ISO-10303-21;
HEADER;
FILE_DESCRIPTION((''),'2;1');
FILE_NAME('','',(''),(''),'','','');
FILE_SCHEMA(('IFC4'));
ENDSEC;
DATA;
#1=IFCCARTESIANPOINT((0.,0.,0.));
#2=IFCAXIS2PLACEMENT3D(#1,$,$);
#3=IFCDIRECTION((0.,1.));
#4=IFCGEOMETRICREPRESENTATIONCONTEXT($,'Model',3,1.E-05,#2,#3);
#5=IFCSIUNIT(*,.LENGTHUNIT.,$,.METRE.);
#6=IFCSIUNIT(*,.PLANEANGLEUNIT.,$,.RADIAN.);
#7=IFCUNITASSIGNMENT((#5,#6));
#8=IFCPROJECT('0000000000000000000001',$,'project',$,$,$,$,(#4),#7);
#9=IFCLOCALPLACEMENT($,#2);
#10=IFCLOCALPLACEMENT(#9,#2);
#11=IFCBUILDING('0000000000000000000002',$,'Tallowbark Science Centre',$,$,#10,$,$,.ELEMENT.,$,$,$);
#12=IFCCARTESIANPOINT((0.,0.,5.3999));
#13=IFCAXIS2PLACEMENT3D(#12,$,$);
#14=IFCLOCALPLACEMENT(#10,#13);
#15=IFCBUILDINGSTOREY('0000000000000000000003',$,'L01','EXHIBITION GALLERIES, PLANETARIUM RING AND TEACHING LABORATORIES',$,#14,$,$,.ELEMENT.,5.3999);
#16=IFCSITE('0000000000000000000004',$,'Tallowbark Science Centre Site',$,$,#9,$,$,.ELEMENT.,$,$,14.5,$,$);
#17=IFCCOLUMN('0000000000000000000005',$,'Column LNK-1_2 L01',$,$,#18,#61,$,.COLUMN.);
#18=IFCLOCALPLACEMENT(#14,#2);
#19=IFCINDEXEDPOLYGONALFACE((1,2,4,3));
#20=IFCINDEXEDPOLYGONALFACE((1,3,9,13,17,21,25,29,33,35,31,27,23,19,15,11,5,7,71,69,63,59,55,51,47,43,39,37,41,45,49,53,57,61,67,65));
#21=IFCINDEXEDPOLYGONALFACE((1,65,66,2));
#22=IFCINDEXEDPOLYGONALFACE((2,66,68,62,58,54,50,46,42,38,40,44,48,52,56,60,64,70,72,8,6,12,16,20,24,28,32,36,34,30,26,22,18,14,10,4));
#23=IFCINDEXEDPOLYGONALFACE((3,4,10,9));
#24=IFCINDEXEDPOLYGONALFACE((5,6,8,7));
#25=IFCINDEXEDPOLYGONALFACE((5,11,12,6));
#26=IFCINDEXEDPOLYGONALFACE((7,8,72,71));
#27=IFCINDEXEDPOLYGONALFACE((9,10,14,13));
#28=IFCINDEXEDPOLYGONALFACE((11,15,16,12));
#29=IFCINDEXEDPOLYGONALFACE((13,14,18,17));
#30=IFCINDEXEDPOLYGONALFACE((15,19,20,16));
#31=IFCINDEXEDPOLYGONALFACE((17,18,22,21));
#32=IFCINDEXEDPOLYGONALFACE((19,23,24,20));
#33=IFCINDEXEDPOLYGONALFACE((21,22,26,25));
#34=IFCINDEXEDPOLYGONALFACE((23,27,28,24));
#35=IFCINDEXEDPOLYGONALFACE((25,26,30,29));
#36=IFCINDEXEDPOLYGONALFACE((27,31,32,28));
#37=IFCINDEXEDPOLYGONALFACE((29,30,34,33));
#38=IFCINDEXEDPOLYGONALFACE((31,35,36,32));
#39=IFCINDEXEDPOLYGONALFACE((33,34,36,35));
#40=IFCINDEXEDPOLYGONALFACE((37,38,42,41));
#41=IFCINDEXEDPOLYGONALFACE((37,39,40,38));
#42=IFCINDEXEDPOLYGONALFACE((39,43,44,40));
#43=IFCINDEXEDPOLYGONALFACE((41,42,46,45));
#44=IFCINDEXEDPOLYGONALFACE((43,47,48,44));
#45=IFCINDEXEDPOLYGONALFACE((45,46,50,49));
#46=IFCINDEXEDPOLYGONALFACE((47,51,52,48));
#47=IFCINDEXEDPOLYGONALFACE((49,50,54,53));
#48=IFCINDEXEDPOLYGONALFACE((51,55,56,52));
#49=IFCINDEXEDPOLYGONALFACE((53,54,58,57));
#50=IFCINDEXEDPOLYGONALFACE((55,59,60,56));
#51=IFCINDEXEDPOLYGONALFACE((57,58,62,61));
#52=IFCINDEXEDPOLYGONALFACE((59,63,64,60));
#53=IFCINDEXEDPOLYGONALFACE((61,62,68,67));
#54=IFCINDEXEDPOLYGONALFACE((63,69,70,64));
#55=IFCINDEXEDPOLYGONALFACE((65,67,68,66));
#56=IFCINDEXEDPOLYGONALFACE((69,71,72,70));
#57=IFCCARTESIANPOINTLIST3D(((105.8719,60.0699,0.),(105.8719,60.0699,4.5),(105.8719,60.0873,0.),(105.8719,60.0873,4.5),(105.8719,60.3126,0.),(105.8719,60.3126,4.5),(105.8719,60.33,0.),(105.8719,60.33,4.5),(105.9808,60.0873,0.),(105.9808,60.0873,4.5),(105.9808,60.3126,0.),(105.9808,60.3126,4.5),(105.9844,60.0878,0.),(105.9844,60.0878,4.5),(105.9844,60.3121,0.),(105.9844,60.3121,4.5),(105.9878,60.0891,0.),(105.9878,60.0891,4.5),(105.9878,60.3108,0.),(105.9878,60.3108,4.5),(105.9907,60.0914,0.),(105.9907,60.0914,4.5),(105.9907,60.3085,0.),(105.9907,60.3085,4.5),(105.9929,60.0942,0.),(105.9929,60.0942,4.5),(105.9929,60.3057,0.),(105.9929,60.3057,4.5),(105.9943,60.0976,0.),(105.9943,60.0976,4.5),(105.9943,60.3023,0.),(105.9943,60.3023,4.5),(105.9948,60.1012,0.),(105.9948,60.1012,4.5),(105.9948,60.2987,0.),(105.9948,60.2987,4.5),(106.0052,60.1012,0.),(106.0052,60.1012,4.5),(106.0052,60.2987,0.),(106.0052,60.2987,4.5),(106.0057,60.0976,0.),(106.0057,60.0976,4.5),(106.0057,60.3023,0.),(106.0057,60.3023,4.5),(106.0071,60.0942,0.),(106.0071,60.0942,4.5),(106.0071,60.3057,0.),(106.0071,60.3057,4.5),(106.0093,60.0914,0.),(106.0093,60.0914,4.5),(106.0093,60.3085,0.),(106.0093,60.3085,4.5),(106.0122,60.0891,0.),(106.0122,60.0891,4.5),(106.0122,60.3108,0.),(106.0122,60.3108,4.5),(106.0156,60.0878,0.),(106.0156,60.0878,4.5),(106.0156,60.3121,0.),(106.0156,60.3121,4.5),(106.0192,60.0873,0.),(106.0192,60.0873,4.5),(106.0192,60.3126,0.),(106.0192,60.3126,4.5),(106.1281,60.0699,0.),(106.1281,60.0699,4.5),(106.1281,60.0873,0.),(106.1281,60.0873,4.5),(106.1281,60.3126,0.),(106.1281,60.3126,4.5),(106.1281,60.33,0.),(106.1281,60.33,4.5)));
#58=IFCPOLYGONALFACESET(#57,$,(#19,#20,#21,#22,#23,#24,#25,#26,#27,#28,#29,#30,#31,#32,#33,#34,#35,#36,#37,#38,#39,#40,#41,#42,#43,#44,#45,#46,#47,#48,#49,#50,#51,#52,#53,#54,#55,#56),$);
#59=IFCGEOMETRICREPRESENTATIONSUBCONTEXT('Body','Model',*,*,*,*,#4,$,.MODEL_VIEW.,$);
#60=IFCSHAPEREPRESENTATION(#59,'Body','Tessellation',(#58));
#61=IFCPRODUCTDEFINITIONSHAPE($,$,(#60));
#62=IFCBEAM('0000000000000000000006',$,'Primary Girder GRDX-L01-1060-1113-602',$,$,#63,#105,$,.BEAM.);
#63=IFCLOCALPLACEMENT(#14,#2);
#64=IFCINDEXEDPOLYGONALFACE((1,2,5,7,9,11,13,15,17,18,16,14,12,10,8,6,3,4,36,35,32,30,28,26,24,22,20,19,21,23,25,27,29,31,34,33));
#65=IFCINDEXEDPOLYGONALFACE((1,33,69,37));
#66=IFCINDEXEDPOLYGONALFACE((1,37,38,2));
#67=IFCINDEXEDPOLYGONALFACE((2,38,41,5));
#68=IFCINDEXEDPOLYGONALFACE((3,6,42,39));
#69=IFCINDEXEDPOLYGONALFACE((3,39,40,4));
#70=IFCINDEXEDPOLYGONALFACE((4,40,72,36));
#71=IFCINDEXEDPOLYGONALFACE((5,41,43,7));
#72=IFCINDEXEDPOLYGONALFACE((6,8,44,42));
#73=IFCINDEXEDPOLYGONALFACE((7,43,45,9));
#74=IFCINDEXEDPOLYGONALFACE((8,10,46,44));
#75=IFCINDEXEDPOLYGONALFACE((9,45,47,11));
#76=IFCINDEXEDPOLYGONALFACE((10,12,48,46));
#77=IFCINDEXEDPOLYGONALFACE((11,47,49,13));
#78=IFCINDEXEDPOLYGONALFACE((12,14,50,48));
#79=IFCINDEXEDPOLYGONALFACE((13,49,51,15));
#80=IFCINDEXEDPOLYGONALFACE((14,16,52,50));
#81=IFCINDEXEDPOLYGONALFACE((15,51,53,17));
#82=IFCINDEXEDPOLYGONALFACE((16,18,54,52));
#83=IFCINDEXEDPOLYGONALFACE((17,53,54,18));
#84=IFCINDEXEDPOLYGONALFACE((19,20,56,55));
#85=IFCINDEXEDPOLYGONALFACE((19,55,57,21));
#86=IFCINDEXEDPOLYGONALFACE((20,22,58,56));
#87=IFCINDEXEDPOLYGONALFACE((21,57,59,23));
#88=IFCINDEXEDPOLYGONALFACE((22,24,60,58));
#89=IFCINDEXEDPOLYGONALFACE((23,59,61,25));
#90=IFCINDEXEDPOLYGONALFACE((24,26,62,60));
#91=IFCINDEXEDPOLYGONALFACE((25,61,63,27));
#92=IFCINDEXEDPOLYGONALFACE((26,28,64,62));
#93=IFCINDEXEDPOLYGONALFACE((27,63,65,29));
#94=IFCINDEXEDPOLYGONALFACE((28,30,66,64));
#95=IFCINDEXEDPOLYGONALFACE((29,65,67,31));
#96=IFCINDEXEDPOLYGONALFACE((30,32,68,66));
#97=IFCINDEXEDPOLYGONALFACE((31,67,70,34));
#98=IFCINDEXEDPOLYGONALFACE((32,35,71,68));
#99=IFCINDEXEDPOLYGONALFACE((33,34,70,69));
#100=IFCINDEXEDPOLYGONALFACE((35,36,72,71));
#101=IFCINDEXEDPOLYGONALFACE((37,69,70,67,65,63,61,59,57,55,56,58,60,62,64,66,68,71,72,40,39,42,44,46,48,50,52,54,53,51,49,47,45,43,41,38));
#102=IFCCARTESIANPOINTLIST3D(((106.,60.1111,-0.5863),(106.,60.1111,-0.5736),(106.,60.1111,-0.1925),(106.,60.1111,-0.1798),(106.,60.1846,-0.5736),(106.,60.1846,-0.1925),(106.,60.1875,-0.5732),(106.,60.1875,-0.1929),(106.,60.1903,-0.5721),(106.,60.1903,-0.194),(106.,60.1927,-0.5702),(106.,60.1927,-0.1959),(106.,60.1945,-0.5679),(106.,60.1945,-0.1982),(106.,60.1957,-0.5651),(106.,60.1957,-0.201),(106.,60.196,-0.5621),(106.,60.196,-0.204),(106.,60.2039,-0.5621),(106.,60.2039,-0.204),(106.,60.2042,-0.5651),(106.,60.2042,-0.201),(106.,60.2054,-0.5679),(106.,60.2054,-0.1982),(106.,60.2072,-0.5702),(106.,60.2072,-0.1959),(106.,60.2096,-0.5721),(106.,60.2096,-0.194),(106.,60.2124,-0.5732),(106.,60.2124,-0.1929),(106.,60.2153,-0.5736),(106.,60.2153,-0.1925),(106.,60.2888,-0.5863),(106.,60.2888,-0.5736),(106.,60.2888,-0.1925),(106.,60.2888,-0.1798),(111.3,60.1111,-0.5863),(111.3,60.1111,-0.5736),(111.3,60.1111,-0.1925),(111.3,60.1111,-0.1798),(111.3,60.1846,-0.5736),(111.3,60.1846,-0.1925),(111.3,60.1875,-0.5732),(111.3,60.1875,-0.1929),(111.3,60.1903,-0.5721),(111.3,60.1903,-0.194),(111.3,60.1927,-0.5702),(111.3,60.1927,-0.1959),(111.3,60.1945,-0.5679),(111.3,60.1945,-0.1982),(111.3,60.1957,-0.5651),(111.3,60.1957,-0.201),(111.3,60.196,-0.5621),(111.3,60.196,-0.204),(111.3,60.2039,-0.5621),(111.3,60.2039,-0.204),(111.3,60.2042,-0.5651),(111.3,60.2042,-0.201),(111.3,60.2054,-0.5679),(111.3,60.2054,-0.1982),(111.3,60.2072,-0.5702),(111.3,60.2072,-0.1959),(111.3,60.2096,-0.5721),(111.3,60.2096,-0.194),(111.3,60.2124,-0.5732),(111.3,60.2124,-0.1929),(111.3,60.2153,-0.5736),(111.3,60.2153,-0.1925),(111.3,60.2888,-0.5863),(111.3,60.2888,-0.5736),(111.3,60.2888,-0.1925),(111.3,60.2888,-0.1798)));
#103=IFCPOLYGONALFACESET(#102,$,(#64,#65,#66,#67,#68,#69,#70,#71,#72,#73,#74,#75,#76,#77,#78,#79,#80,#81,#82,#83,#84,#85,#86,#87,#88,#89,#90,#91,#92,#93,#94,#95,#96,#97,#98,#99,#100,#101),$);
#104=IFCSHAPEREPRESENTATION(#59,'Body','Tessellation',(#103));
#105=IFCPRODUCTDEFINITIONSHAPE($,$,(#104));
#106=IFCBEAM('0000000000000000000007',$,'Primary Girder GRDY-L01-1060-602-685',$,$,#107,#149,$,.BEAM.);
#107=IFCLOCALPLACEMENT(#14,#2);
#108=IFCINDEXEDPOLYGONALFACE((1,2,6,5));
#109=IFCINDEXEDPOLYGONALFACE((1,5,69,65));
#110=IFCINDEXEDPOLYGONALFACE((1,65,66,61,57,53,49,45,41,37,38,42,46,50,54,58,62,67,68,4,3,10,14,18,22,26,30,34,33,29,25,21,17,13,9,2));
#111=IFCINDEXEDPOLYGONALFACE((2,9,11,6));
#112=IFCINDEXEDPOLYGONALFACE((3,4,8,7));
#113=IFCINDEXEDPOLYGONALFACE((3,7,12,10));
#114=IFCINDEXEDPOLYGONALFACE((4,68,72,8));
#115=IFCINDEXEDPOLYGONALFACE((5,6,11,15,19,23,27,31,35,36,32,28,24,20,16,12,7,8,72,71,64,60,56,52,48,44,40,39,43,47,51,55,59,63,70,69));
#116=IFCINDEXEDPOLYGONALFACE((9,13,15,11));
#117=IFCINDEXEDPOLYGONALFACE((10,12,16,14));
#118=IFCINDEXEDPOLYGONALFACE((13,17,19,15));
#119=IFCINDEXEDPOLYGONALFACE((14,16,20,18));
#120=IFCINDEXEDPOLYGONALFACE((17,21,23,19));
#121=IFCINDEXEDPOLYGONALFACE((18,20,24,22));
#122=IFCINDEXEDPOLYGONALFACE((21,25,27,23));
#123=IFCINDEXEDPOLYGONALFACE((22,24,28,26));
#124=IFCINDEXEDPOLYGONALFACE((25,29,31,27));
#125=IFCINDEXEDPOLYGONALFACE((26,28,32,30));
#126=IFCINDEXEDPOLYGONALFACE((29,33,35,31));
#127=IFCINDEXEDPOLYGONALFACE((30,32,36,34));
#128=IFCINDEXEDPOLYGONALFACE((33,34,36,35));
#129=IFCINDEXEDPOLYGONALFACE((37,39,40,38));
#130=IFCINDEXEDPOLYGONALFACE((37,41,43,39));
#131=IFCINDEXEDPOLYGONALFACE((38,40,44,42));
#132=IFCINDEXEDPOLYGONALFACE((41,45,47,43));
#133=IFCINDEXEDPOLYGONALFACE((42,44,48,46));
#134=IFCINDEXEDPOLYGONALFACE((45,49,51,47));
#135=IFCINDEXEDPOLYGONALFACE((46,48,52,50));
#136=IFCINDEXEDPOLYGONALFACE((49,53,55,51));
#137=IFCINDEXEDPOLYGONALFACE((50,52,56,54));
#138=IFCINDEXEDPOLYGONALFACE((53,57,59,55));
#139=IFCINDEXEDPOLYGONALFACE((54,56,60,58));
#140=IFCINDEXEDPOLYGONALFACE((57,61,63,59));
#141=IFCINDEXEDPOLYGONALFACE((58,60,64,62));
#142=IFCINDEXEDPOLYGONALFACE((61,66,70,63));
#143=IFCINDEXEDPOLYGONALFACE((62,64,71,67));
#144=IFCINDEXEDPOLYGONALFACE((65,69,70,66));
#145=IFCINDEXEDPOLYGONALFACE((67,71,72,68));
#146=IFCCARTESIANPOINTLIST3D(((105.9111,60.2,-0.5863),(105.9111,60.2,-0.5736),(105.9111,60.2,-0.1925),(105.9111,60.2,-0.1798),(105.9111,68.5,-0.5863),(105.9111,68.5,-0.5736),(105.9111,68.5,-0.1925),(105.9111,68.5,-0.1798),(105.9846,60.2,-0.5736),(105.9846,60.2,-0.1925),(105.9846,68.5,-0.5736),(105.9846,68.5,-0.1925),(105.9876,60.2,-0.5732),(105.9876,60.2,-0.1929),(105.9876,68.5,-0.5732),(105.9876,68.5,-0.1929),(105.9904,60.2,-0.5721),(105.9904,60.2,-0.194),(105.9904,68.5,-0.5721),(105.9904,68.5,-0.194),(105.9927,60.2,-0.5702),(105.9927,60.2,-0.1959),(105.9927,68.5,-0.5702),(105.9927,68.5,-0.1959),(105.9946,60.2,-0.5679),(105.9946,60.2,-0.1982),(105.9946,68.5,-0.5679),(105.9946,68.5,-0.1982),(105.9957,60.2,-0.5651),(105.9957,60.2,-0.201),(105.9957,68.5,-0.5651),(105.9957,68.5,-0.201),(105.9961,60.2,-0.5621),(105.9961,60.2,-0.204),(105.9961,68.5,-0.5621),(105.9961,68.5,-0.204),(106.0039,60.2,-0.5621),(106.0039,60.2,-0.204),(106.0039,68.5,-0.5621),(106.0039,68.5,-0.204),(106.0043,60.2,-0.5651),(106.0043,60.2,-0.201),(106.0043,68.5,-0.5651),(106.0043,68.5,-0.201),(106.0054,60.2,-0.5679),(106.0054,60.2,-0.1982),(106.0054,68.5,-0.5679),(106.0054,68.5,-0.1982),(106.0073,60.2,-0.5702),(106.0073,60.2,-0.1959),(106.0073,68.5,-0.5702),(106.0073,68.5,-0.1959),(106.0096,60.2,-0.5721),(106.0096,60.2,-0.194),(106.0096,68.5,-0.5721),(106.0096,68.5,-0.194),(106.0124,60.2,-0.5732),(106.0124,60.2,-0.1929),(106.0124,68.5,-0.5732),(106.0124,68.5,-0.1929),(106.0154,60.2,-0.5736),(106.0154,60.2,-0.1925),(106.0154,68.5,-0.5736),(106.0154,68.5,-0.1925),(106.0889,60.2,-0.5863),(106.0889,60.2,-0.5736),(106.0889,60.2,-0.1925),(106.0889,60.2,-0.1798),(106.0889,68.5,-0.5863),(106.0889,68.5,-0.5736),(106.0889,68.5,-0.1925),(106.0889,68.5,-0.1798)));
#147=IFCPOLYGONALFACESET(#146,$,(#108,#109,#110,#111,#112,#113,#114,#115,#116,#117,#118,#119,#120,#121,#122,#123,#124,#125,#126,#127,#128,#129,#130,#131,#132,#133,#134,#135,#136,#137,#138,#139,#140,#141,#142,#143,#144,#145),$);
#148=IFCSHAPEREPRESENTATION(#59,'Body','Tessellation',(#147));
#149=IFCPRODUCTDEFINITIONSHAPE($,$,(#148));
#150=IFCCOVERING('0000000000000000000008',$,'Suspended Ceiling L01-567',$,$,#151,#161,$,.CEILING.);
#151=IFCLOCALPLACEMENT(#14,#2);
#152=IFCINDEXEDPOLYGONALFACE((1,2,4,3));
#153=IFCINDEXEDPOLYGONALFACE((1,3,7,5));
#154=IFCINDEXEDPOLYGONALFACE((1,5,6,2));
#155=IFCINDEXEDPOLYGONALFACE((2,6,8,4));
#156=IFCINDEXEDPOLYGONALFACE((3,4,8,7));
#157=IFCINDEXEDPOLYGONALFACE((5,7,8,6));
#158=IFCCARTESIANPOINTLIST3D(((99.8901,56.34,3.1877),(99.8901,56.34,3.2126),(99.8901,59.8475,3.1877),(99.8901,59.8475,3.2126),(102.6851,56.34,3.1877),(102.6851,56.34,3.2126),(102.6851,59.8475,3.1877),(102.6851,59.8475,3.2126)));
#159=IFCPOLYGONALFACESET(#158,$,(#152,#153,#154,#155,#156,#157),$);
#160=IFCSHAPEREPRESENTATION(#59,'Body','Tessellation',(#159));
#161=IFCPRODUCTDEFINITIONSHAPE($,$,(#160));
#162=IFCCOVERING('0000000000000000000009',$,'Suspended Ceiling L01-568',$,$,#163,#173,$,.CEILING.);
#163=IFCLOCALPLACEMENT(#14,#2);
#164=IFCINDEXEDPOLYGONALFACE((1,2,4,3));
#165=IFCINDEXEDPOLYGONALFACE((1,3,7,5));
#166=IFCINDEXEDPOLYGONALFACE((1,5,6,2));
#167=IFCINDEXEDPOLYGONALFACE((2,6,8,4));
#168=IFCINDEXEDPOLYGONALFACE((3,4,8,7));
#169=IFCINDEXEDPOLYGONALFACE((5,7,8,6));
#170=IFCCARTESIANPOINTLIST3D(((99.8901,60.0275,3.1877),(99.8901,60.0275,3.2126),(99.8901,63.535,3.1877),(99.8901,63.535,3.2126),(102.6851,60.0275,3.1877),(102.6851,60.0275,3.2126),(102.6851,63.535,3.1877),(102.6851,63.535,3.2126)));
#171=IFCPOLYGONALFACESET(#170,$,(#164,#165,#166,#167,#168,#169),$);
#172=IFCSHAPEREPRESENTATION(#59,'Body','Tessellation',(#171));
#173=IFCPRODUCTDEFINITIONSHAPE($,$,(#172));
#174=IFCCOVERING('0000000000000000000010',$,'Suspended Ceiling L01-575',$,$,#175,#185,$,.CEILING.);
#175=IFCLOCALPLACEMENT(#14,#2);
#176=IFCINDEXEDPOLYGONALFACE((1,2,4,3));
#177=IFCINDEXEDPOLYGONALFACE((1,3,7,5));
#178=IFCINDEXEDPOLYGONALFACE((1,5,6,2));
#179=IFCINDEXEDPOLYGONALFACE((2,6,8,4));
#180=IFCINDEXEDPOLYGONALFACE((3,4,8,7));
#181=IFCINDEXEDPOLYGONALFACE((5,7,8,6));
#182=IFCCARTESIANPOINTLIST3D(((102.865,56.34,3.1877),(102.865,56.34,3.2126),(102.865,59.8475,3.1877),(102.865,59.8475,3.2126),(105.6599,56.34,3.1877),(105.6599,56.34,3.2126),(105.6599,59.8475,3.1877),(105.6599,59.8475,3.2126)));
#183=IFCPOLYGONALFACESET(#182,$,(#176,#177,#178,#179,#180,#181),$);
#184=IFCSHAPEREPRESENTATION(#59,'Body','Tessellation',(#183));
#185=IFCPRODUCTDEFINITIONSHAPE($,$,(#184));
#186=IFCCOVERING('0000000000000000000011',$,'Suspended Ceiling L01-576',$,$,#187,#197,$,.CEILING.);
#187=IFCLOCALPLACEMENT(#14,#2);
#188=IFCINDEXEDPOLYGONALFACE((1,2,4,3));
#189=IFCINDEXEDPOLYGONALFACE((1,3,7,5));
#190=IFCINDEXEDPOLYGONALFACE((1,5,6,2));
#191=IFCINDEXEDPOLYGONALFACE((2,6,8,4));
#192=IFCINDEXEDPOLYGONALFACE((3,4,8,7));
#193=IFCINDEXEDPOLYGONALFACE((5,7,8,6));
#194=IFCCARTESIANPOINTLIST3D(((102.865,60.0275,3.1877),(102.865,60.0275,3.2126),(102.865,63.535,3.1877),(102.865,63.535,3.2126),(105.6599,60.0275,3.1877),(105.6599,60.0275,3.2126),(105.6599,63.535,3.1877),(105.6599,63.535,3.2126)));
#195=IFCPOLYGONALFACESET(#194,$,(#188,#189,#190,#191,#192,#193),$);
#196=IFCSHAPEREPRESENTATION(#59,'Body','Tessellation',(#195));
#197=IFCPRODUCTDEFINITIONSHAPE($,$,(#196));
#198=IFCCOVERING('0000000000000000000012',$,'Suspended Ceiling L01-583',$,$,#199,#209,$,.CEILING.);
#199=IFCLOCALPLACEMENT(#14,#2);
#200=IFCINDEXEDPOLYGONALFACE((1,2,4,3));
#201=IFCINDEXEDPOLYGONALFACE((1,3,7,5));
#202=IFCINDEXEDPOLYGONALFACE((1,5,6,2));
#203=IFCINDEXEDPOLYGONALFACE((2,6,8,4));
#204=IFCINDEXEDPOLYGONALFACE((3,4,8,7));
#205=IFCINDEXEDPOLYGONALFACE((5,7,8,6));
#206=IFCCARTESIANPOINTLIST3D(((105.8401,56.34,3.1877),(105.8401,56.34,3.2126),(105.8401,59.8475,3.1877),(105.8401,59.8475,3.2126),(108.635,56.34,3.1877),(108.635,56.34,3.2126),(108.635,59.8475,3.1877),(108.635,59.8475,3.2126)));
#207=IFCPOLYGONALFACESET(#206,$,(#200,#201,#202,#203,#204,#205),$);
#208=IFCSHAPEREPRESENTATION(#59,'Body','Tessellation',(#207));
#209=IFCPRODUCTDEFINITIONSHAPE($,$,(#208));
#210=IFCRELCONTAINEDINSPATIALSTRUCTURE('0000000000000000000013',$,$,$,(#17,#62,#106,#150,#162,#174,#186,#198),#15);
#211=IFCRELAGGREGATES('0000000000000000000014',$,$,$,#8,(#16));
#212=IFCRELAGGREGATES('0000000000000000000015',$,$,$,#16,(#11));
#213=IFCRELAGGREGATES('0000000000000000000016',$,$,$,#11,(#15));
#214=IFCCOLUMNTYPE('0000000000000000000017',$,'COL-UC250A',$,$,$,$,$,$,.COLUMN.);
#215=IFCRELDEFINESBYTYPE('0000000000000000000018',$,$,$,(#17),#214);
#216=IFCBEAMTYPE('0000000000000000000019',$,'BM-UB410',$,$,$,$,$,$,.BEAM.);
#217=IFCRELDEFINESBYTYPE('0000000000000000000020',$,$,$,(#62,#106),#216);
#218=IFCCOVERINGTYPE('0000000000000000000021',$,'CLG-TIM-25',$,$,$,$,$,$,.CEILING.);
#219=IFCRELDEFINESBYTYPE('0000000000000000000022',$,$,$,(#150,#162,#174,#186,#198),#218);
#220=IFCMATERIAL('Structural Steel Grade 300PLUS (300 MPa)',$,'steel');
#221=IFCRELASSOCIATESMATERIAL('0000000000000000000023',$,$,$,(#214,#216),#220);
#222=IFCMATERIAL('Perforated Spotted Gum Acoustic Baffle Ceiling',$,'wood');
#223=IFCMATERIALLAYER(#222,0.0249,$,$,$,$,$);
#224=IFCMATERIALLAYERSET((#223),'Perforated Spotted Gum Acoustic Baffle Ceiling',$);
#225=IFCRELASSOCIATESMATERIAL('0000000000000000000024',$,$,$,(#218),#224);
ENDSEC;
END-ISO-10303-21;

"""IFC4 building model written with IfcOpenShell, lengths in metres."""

from ifc_helpers import new_model, si_unit, direction, frame, origin, origin_2d, place, context, subcontext, project, spatial, rectangle, i_section, extrude, material, layer, layer_set, material_profile, profile_set, type_object, element, save


model = new_model("IFC4")

# Units and contexts
model_context = context("Model", 3, precision=1e-05, world=origin(), true_north=direction((0.0, 1.0)))
body_context = subcontext(model_context, "Body", "Model", "MODEL_VIEW")
ifc_project = project(units=[si_unit("LENGTHUNIT", "METRE"), si_unit("PLANEANGLEUNIT", "RADIAN")], contexts=[model_context])

# Site, building, storey
site_placement = place(None, origin())
site = spatial("IfcSite", under=ifc_project, at=site_placement, Name="Tallowbark Science Centre Site", CompositionType="ELEMENT", RefElevation=14.5)
building_placement = place(site_placement, origin())
building = spatial("IfcBuilding", under=site, at=building_placement, Name="Tallowbark Science Centre", CompositionType="ELEMENT")
storey_placement = place(building_placement, frame((0.0, 0.0, 5.3999)))
storey = spatial("IfcBuildingStorey", under=building, at=storey_placement, Name="L01", Description="EXHIBITION GALLERIES, PLANETARIUM RING AND TEACHING LABORATORIES", CompositionType="ELEMENT", Elevation=5.3999)

# Column
ifc_material_1 = material(Name="Structural Steel Grade 300PLUS (300 MPa)", Category="steel")
ifc_material_profile_1 = material_profile(ifc_material_1, i_section(OverallWidth=0.2561, OverallDepth=0.26, WebThickness=0.0105, FlangeThickness=0.0173, FilletRadius=0.0139, at=origin_2d()), Name="250UC89.5")
ifc_profile_set_1 = profile_set([ifc_material_profile_1], Name="Structural Steel Grade 300PLUS (300 MPa)")
column_type = type_object("IfcColumnType", Name="COL-UC250A", PredefinedType="COLUMN", material=ifc_profile_set_1)
column_placement = place(storey_placement, frame((106.0, 60.2, 0.0), z_axis=(0.0, 0.0, 1.0), x_axis=(1.0, 0.0, 0.0)))
element("IfcColumn", 1, at=column_placement, inside=storey, type_object=column_type, Name="Column LNK-1_2 L01", PredefinedType="COLUMN", context=body_context, shape_type="SweptSolid", body=[
    extrude(i_section(OverallWidth=0.2561, OverallDepth=0.26, WebThickness=0.0105, FlangeThickness=0.0173, FilletRadius=0.0139, at=origin_2d()), origin(), (0.0, 0.0, 1.0), 4.5),
])

# Beams
ifc_material_profile_2 = material_profile(ifc_material_1, i_section(OverallWidth=0.1777, OverallDepth=0.4065, WebThickness=0.0078, FlangeThickness=0.0127, FilletRadius=0.0115, at=origin_2d()), Name="410UB59.7")
ifc_profile_set_2 = profile_set([ifc_material_profile_2], Name="Structural Steel Grade 300PLUS (300 MPa)")
beam_type = type_object("IfcBeamType", Name="BM-UB410", PredefinedType="BEAM", material=ifc_profile_set_2)
beam_1_placement = place(storey_placement, frame((106.0, 60.2, -0.3831), z_axis=(1.0, 0.0, 0.0), x_axis=(0.0, 1.0, 0.0)))
element("IfcBeam", 2, at=beam_1_placement, inside=storey, type_object=beam_type, Name="Primary Girder GRDX-L01-1060-1113-602", PredefinedType="BEAM", context=body_context, shape_type="SweptSolid", body=[
    extrude(i_section(OverallWidth=0.1777, OverallDepth=0.4065, WebThickness=0.0078, FlangeThickness=0.0127, FilletRadius=0.0115, at=origin_2d()), origin(), (0.0, 0.0, 1.0), 5.3),
])
beam_2_placement = place(storey_placement, frame((106.0, 60.2, -0.3831), z_axis=(0.0, 1.0, 0.0), x_axis=(-1.0, 0.0, 0.0)))
element("IfcBeam", 3, at=beam_2_placement, inside=storey, type_object=beam_type, Name="Primary Girder GRDY-L01-1060-602-685", PredefinedType="BEAM", context=body_context, shape_type="SweptSolid", body=[
    extrude(i_section(OverallWidth=0.1777, OverallDepth=0.4065, WebThickness=0.0078, FlangeThickness=0.0127, FilletRadius=0.0115, at=origin_2d()), origin(), (0.0, 0.0, 1.0), 8.3),
])

# Coverings
ifc_material_2 = material(Name="Perforated Spotted Gum Acoustic Baffle Ceiling", Category="wood")
ifc_layer_1 = layer(ifc_material_2, 0.0249)
ifc_layer_set_1 = layer_set([ifc_layer_1], Name="Perforated Spotted Gum Acoustic Baffle Ceiling")
covering_type_1 = type_object("IfcCoveringType", Name="CLG-TIM-25", PredefinedType="CEILING", material=ifc_layer_set_1)
for number, where, z_axis, x_axis, name in (
    (4, (101.2876, 58.0938, 3.1877), (0.0, 0.0, 1.0), (1.0, 0.0, 0.0), "Suspended Ceiling L01-567"),
    (5, (101.2876, 61.7812, 3.1877), (0.0, 0.0, 1.0), (1.0, 0.0, 0.0), "Suspended Ceiling L01-568"),
    (6, (104.2625, 58.0938, 3.1877), (0.0, 0.0, 1.0), (1.0, 0.0, 0.0), "Suspended Ceiling L01-575"),
    (7, (104.2625, 61.7812, 3.1877), (0.0, 0.0, 1.0), (1.0, 0.0, 0.0), "Suspended Ceiling L01-576"),
    (8, (107.2375, 58.0938, 3.1877), (0.0, 0.0, 1.0), (1.0, 0.0, 0.0), "Suspended Ceiling L01-583"),
):
    element("IfcCovering", number, at=place(storey_placement, frame(where, z_axis=z_axis, x_axis=x_axis)), inside=storey, type_object=covering_type_1, Name=name, PredefinedType="CEILING", context=body_context, shape_type="SweptSolid", body=[
        extrude(rectangle(XDim=2.7949, YDim=3.5076, at=origin_2d()), origin(), (0.0, 0.0, 1.0), 0.0249),
    ])

save(model, "model.ifc")
